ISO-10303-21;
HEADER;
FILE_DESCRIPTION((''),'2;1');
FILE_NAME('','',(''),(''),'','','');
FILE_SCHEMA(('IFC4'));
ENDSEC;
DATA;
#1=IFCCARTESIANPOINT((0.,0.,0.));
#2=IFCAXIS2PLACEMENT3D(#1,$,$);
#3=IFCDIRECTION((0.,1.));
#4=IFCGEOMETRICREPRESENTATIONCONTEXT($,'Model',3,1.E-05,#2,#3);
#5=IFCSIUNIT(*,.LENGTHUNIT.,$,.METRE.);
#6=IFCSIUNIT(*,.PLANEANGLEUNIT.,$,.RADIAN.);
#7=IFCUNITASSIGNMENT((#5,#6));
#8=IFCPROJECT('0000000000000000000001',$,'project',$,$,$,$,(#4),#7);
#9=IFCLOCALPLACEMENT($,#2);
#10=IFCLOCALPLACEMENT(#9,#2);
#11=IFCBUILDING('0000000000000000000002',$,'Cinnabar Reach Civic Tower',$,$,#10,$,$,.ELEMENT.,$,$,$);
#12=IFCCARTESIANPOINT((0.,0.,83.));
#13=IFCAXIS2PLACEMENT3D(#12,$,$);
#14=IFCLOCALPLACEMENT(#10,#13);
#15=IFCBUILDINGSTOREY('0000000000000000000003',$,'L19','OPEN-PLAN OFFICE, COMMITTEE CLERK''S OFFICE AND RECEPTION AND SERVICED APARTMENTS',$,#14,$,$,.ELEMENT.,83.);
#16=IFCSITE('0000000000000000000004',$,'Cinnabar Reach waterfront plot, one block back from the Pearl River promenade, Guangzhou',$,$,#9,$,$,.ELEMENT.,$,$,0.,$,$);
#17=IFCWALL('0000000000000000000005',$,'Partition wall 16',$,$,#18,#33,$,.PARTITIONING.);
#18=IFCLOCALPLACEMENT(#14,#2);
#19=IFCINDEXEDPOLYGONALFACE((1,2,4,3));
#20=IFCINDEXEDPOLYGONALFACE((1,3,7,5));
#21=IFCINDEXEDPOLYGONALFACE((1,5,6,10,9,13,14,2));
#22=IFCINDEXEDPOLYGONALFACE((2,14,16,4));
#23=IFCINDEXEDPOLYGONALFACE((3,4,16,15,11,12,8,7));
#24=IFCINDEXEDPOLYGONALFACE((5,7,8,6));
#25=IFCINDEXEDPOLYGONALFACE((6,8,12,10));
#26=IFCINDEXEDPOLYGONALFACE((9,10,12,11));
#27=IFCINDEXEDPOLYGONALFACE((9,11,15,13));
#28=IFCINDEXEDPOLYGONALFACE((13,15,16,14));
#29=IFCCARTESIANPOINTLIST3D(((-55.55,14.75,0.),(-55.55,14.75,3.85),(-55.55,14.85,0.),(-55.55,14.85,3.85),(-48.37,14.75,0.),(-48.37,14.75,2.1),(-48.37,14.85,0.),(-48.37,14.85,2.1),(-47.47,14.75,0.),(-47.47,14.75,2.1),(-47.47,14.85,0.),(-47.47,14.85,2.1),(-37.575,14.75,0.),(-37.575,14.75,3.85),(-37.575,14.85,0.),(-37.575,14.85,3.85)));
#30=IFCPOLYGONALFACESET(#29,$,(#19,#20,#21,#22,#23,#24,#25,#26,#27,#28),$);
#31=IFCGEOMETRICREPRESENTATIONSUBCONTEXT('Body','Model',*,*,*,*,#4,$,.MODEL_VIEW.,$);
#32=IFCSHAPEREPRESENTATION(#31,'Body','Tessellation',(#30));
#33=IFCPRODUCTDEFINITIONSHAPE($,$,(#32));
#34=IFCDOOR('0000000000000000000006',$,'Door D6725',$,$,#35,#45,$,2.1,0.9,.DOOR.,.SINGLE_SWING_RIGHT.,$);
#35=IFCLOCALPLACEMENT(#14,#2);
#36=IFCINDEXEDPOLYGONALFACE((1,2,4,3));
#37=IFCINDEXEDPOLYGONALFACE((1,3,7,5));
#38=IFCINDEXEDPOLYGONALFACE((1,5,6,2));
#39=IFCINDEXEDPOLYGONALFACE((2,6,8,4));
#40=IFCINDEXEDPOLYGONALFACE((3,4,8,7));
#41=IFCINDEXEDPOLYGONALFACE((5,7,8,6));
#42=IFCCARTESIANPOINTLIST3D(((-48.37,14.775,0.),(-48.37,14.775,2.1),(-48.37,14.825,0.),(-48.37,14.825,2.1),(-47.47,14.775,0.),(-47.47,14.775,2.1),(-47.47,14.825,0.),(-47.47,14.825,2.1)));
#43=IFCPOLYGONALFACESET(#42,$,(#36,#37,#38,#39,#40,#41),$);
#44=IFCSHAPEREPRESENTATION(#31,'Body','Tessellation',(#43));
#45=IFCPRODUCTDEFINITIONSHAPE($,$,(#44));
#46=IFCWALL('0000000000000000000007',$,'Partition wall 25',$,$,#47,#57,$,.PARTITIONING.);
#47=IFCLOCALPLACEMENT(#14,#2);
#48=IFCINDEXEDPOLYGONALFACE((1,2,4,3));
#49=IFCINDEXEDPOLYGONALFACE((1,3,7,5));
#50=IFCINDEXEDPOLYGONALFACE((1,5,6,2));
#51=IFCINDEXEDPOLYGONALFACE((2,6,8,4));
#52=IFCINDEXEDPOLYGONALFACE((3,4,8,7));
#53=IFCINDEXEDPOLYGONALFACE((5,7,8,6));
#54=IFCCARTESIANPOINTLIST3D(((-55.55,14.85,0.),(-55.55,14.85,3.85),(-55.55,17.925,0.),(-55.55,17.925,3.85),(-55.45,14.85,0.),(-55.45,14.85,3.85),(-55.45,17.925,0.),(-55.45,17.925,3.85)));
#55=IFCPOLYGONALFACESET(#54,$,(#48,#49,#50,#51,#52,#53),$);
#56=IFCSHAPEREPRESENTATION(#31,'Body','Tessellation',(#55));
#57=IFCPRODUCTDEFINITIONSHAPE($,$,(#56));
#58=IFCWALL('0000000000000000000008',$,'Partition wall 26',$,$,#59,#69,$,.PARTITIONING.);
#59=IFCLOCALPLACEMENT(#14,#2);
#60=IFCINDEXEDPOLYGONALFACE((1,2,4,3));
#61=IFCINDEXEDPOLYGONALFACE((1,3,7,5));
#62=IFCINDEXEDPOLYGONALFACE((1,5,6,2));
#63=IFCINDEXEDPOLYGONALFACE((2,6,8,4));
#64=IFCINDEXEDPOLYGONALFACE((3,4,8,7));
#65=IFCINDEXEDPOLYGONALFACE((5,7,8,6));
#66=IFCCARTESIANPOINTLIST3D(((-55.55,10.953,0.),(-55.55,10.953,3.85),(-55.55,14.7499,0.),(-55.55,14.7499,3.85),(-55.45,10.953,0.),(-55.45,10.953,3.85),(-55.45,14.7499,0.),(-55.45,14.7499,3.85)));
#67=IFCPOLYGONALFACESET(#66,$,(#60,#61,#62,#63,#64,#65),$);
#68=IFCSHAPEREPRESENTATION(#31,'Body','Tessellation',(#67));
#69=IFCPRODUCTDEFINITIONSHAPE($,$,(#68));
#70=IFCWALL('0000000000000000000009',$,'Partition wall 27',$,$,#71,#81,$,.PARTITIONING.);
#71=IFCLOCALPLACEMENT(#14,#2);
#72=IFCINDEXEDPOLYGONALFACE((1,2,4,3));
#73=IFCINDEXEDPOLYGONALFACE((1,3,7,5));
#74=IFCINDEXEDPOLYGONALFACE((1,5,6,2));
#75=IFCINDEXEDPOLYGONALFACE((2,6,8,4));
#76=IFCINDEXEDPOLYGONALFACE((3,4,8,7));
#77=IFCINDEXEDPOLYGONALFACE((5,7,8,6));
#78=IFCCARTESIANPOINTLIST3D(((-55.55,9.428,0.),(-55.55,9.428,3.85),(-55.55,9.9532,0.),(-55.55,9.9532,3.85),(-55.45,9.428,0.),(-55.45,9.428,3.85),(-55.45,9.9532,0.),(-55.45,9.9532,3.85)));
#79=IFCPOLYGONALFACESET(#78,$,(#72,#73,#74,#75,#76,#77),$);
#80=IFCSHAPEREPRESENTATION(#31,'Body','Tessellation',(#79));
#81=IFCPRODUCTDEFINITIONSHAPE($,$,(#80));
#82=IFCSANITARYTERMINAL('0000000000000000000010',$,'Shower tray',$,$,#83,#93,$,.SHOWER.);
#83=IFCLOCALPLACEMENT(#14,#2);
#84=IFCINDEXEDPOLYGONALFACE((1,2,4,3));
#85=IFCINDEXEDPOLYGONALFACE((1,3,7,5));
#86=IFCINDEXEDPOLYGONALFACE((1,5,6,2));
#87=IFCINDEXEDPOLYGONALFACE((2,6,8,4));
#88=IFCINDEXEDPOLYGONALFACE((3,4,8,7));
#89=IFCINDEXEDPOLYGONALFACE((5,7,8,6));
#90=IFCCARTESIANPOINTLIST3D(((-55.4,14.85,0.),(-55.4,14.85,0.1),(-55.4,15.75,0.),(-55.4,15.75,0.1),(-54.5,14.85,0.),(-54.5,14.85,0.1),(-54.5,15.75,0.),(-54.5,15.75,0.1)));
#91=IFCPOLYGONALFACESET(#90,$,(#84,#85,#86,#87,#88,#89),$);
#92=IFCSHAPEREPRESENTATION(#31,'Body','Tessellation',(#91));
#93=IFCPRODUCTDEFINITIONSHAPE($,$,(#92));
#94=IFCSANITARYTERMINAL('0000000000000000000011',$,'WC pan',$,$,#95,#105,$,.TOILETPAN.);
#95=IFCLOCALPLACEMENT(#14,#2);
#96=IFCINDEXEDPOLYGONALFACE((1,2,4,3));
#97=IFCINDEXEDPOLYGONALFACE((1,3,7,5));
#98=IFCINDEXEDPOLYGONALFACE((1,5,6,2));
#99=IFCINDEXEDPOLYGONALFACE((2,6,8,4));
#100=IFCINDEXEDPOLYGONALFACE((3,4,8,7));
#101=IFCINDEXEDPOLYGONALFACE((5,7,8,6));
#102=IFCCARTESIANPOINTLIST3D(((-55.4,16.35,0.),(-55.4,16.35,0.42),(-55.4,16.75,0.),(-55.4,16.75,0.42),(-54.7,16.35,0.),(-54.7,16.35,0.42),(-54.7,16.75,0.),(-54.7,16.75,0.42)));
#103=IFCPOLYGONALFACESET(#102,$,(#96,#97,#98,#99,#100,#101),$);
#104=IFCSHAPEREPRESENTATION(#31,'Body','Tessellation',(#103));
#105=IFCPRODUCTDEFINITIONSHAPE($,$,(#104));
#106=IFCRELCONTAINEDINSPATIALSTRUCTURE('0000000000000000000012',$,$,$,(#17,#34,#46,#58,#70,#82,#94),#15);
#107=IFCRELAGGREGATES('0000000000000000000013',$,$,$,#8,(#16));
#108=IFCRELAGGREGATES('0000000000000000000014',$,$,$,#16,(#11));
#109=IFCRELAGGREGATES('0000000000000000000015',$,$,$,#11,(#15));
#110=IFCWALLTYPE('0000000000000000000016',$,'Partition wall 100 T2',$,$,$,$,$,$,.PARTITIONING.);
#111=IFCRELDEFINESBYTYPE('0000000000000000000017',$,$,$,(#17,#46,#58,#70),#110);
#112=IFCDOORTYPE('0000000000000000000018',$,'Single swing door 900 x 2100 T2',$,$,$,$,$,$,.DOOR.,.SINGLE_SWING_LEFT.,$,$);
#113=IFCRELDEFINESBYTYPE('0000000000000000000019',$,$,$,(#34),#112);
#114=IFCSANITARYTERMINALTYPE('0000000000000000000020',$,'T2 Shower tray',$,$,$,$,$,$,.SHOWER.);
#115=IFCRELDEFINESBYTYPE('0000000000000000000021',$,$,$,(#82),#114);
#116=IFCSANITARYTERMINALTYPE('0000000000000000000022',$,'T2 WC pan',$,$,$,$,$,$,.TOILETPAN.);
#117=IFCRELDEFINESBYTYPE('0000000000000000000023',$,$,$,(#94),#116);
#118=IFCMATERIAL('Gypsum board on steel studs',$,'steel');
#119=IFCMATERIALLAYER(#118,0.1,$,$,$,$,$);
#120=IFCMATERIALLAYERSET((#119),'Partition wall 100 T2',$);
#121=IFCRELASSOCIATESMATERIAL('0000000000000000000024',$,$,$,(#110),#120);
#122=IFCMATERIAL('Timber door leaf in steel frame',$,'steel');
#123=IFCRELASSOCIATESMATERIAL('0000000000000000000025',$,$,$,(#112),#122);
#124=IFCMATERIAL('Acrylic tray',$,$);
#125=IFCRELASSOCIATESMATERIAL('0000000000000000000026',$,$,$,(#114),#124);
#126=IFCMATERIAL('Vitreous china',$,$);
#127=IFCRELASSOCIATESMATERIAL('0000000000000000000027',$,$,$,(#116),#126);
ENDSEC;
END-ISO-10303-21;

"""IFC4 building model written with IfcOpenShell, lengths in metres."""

from ifc_helpers import new_model, si_unit, direction, frame, frame_2d, origin, origin_2d, place, context, subcontext, project, spatial, rectangle, extrude, material, layer, layer_set, type_object, element, fill, save


model = new_model("IFC4")

# Units and contexts
model_context = context("Model", 3, precision=1e-05, world=origin(), true_north=direction((0.0, 1.0)))
body_context = subcontext(model_context, "Body", "Model", "MODEL_VIEW")
ifc_project = project(units=[si_unit("LENGTHUNIT", "METRE"), si_unit("PLANEANGLEUNIT", "RADIAN")], contexts=[model_context])

# Site, building, storey
site_placement = place(None, origin())
site = spatial("IfcSite", under=ifc_project, at=site_placement, Name="Cinnabar Reach waterfront plot, one block back from the Pearl River promenade, Guangzhou", CompositionType="ELEMENT", RefElevation=0.0)
building_placement = place(site_placement, origin())
building = spatial("IfcBuilding", under=site, at=building_placement, Name="Cinnabar Reach Civic Tower", CompositionType="ELEMENT")
storey_placement = place(building_placement, frame((0.0, 0.0, 83.0)))
storey = spatial("IfcBuildingStorey", under=building, at=storey_placement, Name="L19", Description="OPEN-PLAN OFFICE, COMMITTEE CLERK'S OFFICE AND RECEPTION AND SERVICED APARTMENTS", CompositionType="ELEMENT", Elevation=83.0)

# Wall, opening, door
ifc_material_1 = material(Name="Gypsum board on steel studs", Category="steel")
ifc_layer_1 = layer(ifc_material_1, 0.1)
ifc_layer_set_1 = layer_set([ifc_layer_1], Name="Partition wall 100 T2")
wall_type_1 = type_object("IfcWallType", Name="Partition wall 100 T2", PredefinedType="PARTITIONING", material=ifc_layer_set_1)
wall_1_placement = place(storey_placement, frame((-55.55, 14.8, 0.0), z_axis=(0.0, 0.0, 1.0), x_axis=(1.0, 0.0, 0.0)))
wall_1 = element("IfcWall", 1, at=wall_1_placement, inside=storey, type_object=wall_type_1, Name="Partition wall 16", PredefinedType="PARTITIONING", context=body_context, shape_type="SweptSolid", body=[
    extrude(rectangle(XDim=17.975, YDim=0.1, at=frame_2d((8.9875, 0.0))), origin(), (0.0, 0.0, 1.0), 3.85),
])
opening_1_placement = place(wall_1_placement, frame((7.18, 0.0, 0.0)))
opening_1 = element("IfcOpeningElement", 2, at=opening_1_placement, cuts=wall_1, PredefinedType="OPENING", context=body_context, shape_type="SweptSolid", body=[
    extrude(rectangle(XDim=0.9, YDim=2.1, at=frame_2d((0.45, 1.05))), frame((0.0, 0.06, 0.0), z_axis=(0.0, -1.0, 0.0), x_axis=(1.0, 0.0, 0.0)), (0.0, 0.0, 1.0), 0.12),
])
ifc_material_2 = material(Name="Timber door leaf in steel frame", Category="steel")
door_type = type_object("IfcDoorType", Name="Single swing door 900 x 2100 T2", OperationType="SINGLE_SWING_LEFT", PredefinedType="DOOR", material=ifc_material_2)
door_placement = place(opening_1_placement, origin())
door = element("IfcDoor", 3, at=door_placement, inside=storey, type_object=door_type, Name="Door D6725", OperationType="SINGLE_SWING_RIGHT", OverallHeight=2.1, OverallWidth=0.9, PredefinedType="DOOR", context=body_context, shape_type="SweptSolid", body=[
    extrude(rectangle(XDim=0.9, YDim=2.1, at=frame_2d((0.45, 1.05))), frame((0.0, 0.025, 0.0), z_axis=(0.0, -1.0, 0.0), x_axis=(1.0, 0.0, 0.0)), (0.0, 0.0, 1.0), 0.05),
])
fill(opening_1, door)

# Walls
wall_2_placement = place(storey_placement, frame((-55.5, 14.85, 0.0), z_axis=(0.0, 0.0, 1.0), x_axis=(0.0, 1.0, 0.0)))
element("IfcWall", 4, at=wall_2_placement, inside=storey, type_object=wall_type_1, Name="Partition wall 25", PredefinedType="PARTITIONING", context=body_context, shape_type="SweptSolid", body=[
    extrude(rectangle(XDim=3.075, YDim=0.1, at=frame_2d((1.5375, 0.0))), origin(), (0.0, 0.0, 1.0), 3.85),
])
wall_3_placement = place(storey_placement, frame((-55.5, 10.9531, 0.0), z_axis=(0.0, 0.0, 1.0), x_axis=(0.0, 1.0, 0.0)))
element("IfcWall", 5, at=wall_3_placement, inside=storey, type_object=wall_type_1, Name="Partition wall 26", PredefinedType="PARTITIONING", context=body_context, shape_type="SweptSolid", body=[
    extrude(rectangle(XDim=3.7969, YDim=0.1, at=frame_2d((1.8984, 0.0))), origin(), (0.0, 0.0, 1.0), 3.85),
])
wall_4_placement = place(storey_placement, frame((-55.5, 9.428, 0.0), z_axis=(0.0, 0.0, 1.0), x_axis=(0.0, 1.0, 0.0)))
element("IfcWall", 6, at=wall_4_placement, inside=storey, type_object=wall_type_1, Name="Partition wall 27", PredefinedType="PARTITIONING", context=body_context, shape_type="SweptSolid", body=[
    extrude(rectangle(XDim=0.5251, YDim=0.1, at=frame_2d((0.2626, 0.0))), origin(), (0.0, 0.0, 1.0), 3.85),
])

# Sanitary terminals
ifc_material_3 = material(Name="Acrylic tray")
sanitary_terminal_type_1 = type_object("IfcSanitaryTerminalType", Name="T2 Shower tray", PredefinedType="SHOWER", material=ifc_material_3)
sanitary_terminal_1_placement = place(storey_placement, frame((-54.95, 15.3, 0.0), z_axis=(0.0, 0.0, 1.0), x_axis=(1.0, 0.0, 0.0)))
element("IfcSanitaryTerminal", 7, at=sanitary_terminal_1_placement, inside=storey, type_object=sanitary_terminal_type_1, Name="Shower tray", PredefinedType="SHOWER", context=body_context, shape_type="SweptSolid", body=[
    extrude(rectangle(XDim=0.9, YDim=0.9, at=origin_2d()), origin(), (0.0, 0.0, 1.0), 0.1),
])
ifc_material_4 = material(Name="Vitreous china")
sanitary_terminal_type_2 = type_object("IfcSanitaryTerminalType", Name="T2 WC pan", PredefinedType="TOILETPAN", material=ifc_material_4)
sanitary_terminal_2_placement = place(storey_placement, frame((-55.05, 16.55, 0.0), z_axis=(0.0, 0.0, 1.0), x_axis=(1.0, 0.0, 0.0)))
element("IfcSanitaryTerminal", 8, at=sanitary_terminal_2_placement, inside=storey, type_object=sanitary_terminal_type_2, Name="WC pan", PredefinedType="TOILETPAN", context=body_context, shape_type="SweptSolid", body=[
    extrude(rectangle(XDim=0.7, YDim=0.4, at=origin_2d()), origin(), (0.0, 0.0, 1.0), 0.42),
])

save(model, "model.ifc")
